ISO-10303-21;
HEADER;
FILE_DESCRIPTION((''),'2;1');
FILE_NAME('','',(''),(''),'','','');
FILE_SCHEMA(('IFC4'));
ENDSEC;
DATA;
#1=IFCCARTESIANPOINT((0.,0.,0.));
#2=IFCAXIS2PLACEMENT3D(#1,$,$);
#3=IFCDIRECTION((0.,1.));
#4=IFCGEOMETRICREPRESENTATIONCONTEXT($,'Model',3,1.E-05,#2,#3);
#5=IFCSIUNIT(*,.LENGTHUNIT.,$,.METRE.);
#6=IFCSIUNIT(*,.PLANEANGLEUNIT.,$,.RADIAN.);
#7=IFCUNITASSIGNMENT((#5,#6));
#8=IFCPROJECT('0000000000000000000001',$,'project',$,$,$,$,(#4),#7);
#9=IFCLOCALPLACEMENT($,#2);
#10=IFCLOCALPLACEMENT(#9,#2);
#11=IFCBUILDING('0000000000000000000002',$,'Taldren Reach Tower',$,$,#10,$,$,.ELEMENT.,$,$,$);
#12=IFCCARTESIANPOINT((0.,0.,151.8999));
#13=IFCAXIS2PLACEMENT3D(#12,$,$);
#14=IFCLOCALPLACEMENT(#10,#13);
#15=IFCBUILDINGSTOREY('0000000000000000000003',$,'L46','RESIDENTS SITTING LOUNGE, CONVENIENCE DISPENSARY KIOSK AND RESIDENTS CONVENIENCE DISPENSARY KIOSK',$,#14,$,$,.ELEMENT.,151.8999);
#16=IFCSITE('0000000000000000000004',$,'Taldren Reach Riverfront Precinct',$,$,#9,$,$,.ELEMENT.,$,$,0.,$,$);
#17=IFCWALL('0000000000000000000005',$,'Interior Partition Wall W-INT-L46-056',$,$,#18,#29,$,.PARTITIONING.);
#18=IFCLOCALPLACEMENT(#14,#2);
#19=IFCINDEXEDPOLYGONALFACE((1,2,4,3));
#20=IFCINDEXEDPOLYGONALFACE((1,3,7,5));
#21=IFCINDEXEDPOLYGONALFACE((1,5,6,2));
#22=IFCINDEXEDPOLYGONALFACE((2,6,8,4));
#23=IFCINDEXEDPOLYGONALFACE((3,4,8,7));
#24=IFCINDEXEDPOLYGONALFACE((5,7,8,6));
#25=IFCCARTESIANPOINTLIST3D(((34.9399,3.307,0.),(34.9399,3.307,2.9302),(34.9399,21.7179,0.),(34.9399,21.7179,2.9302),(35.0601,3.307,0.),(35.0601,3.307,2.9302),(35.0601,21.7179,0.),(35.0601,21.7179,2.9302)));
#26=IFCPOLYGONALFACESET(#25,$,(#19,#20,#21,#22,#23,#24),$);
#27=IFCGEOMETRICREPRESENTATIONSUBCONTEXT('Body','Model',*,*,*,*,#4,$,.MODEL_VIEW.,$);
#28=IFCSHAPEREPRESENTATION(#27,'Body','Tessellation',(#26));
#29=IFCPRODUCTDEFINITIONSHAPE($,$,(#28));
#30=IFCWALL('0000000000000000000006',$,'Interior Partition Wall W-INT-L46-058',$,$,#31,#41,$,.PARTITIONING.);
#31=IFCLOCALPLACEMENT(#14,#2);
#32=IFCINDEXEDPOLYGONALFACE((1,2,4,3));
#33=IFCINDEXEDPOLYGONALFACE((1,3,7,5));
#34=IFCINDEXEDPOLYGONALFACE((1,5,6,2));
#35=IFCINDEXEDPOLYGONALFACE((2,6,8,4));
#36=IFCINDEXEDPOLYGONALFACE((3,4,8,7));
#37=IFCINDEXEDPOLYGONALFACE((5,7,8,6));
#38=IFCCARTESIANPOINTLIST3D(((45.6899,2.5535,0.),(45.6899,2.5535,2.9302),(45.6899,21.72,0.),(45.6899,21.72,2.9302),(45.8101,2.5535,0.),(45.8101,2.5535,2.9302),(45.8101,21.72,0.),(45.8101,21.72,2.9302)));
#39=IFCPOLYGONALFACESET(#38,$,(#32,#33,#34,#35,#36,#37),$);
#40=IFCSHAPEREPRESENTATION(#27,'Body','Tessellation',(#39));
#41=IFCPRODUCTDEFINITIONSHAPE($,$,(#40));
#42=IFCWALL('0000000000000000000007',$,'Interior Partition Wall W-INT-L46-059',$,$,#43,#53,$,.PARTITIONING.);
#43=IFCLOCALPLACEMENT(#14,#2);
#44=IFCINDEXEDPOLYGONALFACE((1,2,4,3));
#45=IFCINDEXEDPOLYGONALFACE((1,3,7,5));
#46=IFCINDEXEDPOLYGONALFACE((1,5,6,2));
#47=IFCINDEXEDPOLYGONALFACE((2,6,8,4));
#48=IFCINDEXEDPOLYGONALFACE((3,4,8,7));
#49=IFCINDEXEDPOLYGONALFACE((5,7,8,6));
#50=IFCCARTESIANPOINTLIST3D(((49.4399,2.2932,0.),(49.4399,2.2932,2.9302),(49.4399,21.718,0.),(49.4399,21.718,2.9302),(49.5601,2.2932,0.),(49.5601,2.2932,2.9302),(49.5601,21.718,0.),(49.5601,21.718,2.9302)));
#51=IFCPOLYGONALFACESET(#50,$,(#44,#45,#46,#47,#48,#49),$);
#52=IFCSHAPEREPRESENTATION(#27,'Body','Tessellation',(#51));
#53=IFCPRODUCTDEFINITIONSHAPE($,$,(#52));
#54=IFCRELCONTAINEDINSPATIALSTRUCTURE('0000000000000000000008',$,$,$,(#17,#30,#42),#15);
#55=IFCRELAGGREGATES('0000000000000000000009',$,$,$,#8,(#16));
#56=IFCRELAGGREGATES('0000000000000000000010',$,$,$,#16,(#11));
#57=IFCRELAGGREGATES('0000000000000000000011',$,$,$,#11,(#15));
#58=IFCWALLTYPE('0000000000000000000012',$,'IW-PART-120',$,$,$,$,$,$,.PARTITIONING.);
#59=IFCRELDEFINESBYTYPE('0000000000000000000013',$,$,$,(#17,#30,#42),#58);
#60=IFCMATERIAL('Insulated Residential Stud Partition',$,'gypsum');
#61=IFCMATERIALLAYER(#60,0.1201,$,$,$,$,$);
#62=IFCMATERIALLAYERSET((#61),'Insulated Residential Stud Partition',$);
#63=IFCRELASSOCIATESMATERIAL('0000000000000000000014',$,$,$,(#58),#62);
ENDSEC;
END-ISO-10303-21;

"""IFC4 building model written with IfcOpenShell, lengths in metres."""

from ifc_helpers import new_model, si_unit, direction, frame, frame_2d, origin, place, context, subcontext, project, spatial, rectangle, extrude, source, transform, mapped, material, layer, layer_set, type_object, element, save


model = new_model("IFC4")

# Units and contexts
model_context = context("Model", 3, precision=1e-05, world=origin(), true_north=direction((0.0, 1.0)))
body_context = subcontext(model_context, "Body", "Model", "MODEL_VIEW")
ifc_project = project(units=[si_unit("LENGTHUNIT", "METRE"), si_unit("PLANEANGLEUNIT", "RADIAN")], contexts=[model_context])

# Site, building, storey
site_placement = place(None, origin())
site = spatial("IfcSite", under=ifc_project, at=site_placement, Name="Taldren Reach Riverfront Precinct", CompositionType="ELEMENT", RefElevation=0.0)
building_placement = place(site_placement, origin())
building = spatial("IfcBuilding", under=site, at=building_placement, Name="Taldren Reach Tower", CompositionType="ELEMENT")
storey_placement = place(building_placement, frame((0.0, 0.0, 151.8999)))
storey = spatial("IfcBuildingStorey", under=building, at=storey_placement, Name="L46", Description="RESIDENTS SITTING LOUNGE, CONVENIENCE DISPENSARY KIOSK AND RESIDENTS CONVENIENCE DISPENSARY KIOSK", CompositionType="ELEMENT", Elevation=151.8999)

# Walls
ifc_material_1 = material(Name="Insulated Residential Stud Partition", Category="gypsum")
ifc_layer_1 = layer(ifc_material_1, 0.1201)
ifc_layer_set_1 = layer_set([ifc_layer_1], Name="Insulated Residential Stud Partition")
wall_type_1 = type_object("IfcWallType", Name="IW-PART-120", PredefinedType="PARTITIONING", material=ifc_layer_set_1)
shared_shape_1 = source(origin(), body_context, "Body", "SweptSolid", [
    extrude(rectangle(XDim=18.4109, YDim=0.1201, at=frame_2d((9.2056, 0.0))), origin(), (0.0, 0.0, 1.0), 2.9302),
])
wall_1_placement = place(storey_placement, frame((35.0, 21.718, 0.0), z_axis=(0.0, 0.0, 1.0), x_axis=(0.0, -1.0, 0.0)))
element("IfcWall", 1, at=wall_1_placement, inside=storey, type_object=wall_type_1, Name="Interior Partition Wall W-INT-L46-056", PredefinedType="PARTITIONING", context=body_context, shape_type="MappedRepresentation", body=[
    mapped(shared_shape_1, transform((0.0, 0.0, 0.0), scale=1.0)),
])
shared_shape_2 = source(origin(), body_context, "Body", "SweptSolid", [
    extrude(rectangle(XDim=19.1665, YDim=0.1201, at=frame_2d((9.5833, 0.0))), origin(), (0.0, 0.0, 1.0), 2.9302),
])
wall_2_placement = place(storey_placement, frame((45.75, 21.72, 0.0), z_axis=(0.0, 0.0, 1.0), x_axis=(0.0, -1.0, 0.0)))
element("IfcWall", 2, at=wall_2_placement, inside=storey, type_object=wall_type_1, Name="Interior Partition Wall W-INT-L46-058", PredefinedType="PARTITIONING", context=body_context, shape_type="MappedRepresentation", body=[
    mapped(shared_shape_2, transform((0.0, 0.0, 0.0), scale=1.0)),
])
shared_shape_3 = source(origin(), body_context, "Body", "SweptSolid", [
    extrude(rectangle(XDim=19.4248, YDim=0.1201, at=frame_2d((9.7124, 0.0))), origin(), (0.0, 0.0, 1.0), 2.9302),
])
wall_3_placement = place(storey_placement, frame((49.5, 21.718, 0.0), z_axis=(0.0, 0.0, 1.0), x_axis=(0.0, -1.0, 0.0)))
element("IfcWall", 3, at=wall_3_placement, inside=storey, type_object=wall_type_1, Name="Interior Partition Wall W-INT-L46-059", PredefinedType="PARTITIONING", context=body_context, shape_type="MappedRepresentation", body=[
    mapped(shared_shape_3, transform((0.0, 0.0, 0.0), scale=1.0)),
])

save(model, "model.ifc")
